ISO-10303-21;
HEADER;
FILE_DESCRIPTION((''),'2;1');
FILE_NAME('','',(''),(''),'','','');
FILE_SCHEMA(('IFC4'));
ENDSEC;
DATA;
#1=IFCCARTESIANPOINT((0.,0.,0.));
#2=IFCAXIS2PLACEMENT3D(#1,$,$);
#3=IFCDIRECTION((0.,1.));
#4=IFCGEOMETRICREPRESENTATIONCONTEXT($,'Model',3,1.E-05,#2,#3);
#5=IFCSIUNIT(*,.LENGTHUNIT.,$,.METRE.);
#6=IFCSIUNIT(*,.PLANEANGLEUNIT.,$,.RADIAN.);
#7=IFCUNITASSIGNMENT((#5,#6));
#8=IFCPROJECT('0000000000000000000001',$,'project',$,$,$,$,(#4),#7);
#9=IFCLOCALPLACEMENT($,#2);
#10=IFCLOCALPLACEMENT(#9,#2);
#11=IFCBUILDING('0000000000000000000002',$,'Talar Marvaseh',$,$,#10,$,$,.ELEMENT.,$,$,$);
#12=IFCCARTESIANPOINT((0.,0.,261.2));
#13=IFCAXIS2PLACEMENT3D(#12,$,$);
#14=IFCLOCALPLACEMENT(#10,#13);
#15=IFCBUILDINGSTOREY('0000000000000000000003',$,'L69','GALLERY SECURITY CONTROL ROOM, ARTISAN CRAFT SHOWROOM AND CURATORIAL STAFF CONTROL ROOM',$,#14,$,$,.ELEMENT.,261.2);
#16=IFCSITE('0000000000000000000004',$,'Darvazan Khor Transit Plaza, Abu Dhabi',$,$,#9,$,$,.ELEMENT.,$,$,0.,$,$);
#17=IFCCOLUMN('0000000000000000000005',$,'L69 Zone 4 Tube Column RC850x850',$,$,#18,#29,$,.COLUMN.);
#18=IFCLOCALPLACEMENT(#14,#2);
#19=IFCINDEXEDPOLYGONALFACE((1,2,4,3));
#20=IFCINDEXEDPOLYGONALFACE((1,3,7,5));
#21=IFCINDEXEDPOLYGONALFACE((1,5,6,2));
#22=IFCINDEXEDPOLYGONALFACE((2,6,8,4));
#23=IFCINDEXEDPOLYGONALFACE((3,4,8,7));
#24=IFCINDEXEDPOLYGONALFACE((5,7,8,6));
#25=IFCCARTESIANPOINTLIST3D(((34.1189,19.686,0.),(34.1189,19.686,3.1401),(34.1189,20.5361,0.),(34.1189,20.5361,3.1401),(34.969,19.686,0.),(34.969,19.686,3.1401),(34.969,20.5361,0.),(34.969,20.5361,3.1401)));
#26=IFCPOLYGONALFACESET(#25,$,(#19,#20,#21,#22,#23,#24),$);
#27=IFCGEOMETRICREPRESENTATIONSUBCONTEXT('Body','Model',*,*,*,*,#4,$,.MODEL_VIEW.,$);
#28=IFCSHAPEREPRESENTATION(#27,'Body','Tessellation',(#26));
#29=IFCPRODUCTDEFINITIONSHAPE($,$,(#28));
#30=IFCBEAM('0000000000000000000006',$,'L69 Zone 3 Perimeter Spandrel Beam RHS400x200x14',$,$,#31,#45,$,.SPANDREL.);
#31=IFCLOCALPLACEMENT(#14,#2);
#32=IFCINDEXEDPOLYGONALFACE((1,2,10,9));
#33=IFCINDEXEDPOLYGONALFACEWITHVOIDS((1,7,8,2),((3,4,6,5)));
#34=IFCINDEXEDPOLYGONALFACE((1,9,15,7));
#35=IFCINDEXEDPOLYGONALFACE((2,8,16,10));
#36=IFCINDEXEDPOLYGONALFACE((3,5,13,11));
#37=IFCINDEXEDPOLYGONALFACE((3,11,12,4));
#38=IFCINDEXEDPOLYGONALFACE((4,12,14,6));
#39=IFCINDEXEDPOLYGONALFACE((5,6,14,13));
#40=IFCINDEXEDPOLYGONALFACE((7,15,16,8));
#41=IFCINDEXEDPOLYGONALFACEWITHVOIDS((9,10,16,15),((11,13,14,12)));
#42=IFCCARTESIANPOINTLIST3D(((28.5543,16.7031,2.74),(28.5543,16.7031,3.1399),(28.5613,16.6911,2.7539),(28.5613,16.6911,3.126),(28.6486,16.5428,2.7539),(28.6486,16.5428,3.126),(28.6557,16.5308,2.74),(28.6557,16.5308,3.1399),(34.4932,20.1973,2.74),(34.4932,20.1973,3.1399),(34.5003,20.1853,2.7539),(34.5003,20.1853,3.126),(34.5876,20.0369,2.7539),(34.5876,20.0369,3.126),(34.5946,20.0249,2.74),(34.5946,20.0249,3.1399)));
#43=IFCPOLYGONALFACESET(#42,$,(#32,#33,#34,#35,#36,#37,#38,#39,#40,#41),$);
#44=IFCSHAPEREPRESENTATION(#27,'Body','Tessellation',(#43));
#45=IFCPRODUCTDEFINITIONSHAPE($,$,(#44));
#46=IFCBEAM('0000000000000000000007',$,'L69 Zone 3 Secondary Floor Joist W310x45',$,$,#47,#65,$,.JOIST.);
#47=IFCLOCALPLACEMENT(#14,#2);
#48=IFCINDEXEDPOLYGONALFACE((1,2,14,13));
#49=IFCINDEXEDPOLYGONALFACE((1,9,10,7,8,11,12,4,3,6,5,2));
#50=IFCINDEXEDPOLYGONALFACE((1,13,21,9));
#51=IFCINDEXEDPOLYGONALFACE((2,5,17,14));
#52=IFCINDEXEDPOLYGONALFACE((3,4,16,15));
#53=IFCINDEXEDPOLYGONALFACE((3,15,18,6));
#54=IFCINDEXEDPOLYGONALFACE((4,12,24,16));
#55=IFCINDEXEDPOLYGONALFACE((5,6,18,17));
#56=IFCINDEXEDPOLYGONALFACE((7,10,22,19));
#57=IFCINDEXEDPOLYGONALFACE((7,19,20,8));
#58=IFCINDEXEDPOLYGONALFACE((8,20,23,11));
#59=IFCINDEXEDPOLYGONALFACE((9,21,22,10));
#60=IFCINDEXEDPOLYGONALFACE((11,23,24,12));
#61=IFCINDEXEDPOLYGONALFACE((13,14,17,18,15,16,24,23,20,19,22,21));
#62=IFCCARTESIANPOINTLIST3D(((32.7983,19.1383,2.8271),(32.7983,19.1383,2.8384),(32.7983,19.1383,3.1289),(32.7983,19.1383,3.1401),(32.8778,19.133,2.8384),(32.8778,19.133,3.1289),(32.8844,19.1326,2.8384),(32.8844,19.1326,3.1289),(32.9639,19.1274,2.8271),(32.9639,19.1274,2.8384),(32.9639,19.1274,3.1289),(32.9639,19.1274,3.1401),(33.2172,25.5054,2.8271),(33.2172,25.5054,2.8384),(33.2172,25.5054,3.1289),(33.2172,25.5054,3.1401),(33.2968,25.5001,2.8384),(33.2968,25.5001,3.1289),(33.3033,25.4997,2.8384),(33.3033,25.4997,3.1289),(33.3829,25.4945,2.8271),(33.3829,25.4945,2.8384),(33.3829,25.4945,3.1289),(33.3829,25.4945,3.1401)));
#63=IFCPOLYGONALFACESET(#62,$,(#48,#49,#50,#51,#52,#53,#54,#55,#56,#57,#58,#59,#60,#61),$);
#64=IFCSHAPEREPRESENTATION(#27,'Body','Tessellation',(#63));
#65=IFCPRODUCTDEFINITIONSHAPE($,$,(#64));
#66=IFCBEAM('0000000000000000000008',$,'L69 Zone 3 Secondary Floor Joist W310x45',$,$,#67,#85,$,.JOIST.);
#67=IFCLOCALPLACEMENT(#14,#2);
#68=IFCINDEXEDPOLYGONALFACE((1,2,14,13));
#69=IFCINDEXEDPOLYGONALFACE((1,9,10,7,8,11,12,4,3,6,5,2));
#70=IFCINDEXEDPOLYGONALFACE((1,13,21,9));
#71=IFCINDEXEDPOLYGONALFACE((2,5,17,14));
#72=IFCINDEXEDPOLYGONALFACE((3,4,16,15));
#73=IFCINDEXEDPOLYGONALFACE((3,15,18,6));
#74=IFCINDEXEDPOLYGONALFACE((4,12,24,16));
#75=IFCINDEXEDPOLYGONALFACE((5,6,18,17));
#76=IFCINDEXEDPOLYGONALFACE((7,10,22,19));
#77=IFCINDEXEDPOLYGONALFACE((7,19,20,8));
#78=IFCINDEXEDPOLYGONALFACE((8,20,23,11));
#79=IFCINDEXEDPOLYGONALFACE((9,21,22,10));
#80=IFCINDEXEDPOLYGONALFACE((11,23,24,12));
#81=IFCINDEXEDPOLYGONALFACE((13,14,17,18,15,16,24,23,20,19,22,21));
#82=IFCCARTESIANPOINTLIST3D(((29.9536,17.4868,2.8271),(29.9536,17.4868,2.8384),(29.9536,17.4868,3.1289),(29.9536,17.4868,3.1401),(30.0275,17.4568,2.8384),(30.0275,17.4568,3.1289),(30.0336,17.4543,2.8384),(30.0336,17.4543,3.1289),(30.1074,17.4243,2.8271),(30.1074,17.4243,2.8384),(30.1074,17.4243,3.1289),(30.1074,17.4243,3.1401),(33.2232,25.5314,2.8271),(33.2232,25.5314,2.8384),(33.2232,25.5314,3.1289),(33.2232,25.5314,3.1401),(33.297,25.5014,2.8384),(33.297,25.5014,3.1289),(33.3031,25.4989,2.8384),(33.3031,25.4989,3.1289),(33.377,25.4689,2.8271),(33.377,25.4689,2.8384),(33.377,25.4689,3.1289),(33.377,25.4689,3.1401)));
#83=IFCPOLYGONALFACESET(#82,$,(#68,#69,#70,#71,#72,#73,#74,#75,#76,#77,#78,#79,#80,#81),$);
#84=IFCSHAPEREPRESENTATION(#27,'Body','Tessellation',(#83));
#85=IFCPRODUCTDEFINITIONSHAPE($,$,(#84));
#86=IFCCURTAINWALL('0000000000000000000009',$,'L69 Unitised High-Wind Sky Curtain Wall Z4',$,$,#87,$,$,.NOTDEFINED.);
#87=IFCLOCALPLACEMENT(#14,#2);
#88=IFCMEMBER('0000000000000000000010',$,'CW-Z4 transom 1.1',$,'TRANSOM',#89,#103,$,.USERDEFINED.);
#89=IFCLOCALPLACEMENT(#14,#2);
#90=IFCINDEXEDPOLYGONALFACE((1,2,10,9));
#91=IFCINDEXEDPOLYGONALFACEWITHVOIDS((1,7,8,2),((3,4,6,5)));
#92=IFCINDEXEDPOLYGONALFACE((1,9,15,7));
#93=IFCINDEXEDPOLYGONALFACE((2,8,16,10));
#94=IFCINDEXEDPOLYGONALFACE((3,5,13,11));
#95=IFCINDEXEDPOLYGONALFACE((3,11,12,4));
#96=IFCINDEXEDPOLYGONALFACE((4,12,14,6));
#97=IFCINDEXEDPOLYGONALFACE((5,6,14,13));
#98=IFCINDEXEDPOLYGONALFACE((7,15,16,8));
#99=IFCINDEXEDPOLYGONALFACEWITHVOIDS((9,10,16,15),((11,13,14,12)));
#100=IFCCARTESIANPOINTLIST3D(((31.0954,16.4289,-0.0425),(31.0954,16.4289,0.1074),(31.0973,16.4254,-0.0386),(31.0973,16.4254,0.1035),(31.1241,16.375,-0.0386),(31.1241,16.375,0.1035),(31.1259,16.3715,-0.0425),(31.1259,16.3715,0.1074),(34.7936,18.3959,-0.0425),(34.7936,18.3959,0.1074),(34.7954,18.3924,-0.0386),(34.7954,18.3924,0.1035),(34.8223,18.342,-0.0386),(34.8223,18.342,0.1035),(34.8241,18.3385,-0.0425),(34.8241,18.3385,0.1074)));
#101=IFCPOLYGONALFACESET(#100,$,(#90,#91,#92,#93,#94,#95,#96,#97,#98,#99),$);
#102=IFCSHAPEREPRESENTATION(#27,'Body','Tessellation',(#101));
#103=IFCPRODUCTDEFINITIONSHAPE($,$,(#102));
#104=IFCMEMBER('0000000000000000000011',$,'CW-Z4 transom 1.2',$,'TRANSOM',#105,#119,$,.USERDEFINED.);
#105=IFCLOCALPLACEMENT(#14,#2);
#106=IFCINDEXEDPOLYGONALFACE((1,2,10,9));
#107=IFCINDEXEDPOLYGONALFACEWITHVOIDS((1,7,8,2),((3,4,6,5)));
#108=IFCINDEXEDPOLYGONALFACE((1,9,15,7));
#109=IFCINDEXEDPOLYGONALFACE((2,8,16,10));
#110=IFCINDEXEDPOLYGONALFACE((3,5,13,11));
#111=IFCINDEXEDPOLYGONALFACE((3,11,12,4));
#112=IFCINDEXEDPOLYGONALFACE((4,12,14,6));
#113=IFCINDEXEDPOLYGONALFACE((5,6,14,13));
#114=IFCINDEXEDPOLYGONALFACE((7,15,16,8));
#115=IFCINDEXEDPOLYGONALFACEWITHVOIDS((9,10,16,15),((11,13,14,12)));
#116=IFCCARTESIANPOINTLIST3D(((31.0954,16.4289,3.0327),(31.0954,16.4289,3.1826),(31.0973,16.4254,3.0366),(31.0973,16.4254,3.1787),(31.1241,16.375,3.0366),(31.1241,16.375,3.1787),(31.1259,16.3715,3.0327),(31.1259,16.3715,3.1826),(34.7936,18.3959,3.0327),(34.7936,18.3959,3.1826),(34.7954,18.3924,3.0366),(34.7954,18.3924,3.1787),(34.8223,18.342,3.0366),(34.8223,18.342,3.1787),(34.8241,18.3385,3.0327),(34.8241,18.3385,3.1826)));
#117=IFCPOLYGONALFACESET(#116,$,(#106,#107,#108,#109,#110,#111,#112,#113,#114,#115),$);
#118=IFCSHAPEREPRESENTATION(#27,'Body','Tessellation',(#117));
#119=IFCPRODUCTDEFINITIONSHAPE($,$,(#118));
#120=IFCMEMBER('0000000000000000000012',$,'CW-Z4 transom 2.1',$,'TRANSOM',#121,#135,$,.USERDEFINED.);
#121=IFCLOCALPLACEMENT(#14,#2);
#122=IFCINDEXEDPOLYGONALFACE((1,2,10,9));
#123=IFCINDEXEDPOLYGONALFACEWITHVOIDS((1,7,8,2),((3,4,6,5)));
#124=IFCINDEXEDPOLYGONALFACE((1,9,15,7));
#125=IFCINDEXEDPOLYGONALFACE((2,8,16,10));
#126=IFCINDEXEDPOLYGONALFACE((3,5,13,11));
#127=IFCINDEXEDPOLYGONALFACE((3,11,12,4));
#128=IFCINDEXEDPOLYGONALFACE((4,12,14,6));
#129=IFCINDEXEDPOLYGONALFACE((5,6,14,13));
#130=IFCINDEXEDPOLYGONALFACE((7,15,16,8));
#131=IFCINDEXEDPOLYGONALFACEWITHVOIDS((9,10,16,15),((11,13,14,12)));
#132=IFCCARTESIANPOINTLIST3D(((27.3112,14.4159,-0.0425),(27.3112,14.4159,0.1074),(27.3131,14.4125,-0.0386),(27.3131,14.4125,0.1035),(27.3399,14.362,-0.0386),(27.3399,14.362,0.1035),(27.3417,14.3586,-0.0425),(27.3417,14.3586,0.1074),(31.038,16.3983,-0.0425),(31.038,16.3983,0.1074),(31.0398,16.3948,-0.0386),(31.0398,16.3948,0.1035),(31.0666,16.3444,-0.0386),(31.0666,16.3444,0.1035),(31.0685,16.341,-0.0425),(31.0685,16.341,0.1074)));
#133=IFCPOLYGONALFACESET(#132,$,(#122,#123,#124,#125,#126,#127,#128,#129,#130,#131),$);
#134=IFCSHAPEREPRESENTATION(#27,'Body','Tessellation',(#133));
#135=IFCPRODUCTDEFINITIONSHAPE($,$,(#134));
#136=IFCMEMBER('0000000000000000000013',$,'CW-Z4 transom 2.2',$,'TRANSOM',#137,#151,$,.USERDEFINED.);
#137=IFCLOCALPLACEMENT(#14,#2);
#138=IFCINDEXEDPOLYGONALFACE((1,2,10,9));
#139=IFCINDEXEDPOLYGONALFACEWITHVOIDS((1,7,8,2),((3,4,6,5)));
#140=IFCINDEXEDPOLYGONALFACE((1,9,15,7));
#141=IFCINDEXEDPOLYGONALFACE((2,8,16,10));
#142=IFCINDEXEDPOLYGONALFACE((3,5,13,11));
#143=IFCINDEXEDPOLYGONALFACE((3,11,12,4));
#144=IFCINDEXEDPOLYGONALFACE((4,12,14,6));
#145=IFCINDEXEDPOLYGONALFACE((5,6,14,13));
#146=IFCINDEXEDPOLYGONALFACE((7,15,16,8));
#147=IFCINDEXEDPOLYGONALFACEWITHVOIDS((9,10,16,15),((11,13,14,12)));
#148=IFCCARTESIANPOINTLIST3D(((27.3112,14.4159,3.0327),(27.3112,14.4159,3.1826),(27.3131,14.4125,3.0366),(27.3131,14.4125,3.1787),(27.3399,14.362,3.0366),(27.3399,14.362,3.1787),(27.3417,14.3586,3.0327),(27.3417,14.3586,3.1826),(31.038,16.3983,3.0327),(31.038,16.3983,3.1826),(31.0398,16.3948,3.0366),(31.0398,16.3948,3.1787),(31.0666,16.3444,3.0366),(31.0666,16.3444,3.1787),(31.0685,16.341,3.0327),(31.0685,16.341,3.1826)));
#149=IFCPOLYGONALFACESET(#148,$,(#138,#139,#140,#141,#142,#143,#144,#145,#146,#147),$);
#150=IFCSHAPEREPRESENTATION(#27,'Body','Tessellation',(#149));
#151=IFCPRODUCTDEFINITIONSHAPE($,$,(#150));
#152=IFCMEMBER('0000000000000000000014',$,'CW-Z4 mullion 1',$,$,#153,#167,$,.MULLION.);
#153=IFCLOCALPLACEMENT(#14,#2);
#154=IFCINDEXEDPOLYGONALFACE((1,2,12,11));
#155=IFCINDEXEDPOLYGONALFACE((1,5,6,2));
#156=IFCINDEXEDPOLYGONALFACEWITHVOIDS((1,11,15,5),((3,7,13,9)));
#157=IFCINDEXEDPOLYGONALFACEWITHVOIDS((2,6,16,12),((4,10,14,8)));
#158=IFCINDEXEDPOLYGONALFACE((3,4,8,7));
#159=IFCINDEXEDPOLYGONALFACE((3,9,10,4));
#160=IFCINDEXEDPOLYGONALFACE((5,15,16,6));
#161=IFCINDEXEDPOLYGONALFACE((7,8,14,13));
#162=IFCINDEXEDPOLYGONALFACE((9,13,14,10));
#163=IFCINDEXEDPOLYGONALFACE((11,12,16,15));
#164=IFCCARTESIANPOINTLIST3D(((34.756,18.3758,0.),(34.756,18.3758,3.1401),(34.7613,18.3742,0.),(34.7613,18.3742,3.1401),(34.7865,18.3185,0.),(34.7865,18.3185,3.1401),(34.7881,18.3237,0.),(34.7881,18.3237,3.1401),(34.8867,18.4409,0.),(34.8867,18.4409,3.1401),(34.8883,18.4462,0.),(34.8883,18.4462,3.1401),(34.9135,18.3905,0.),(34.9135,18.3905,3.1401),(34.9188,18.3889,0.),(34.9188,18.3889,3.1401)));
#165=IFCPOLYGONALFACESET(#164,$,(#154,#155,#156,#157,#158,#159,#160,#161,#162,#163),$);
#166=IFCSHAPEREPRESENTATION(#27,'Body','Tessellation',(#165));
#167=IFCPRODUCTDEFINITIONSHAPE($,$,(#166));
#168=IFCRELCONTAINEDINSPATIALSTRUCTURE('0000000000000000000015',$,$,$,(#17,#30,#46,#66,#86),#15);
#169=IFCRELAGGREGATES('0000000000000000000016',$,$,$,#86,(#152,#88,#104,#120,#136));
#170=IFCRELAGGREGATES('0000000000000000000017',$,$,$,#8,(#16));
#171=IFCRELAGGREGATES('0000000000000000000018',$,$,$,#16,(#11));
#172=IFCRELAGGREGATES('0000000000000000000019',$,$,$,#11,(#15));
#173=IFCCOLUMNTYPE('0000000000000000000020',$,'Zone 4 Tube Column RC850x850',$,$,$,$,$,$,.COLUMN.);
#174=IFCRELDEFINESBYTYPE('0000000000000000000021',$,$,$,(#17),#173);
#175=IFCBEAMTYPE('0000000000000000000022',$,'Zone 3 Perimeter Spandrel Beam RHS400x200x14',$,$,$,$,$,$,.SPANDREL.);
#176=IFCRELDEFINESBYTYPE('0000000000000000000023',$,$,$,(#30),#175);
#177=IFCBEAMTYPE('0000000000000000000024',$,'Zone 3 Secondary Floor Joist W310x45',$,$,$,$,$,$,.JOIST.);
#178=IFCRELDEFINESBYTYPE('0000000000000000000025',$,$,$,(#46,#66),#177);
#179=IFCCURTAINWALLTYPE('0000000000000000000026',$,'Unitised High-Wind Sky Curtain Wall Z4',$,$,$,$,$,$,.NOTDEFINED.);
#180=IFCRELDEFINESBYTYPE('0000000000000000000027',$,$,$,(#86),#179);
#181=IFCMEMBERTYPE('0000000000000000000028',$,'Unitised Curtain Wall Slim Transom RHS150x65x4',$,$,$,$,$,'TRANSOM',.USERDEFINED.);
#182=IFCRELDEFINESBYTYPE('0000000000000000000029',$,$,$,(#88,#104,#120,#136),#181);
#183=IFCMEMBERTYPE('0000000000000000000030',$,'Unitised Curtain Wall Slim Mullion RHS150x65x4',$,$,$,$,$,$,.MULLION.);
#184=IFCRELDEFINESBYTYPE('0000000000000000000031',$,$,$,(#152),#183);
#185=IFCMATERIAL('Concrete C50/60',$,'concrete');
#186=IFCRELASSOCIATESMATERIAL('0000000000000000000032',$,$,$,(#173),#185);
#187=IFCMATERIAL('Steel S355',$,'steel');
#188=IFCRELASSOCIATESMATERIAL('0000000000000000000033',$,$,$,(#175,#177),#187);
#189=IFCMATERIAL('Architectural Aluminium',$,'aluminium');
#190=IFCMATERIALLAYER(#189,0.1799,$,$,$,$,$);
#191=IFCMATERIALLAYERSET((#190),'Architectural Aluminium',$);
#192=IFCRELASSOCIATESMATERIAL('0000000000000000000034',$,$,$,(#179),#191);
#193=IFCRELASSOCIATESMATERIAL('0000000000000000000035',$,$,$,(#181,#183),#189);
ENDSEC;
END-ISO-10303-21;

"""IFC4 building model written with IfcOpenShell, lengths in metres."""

from ifc_helpers import new_model, si_unit, direction, frame, origin, origin_2d, place, context, subcontext, project, spatial, rectangle, hollow_rectangle, i_section, extrude, source, transform, mapped, material, layer, layer_set, material_profile, profile_set, type_object, type_shapes, element, aggregate, save


model = new_model("IFC4")

# Units and contexts
model_context = context("Model", 3, precision=1e-05, world=origin(), true_north=direction((0.0, 1.0)))
body_context = subcontext(model_context, "Body", "Model", "MODEL_VIEW")
ifc_project = project(units=[si_unit("LENGTHUNIT", "METRE"), si_unit("PLANEANGLEUNIT", "RADIAN")], contexts=[model_context])

# Site, building, storey
site_placement = place(None, origin())
site = spatial("IfcSite", under=ifc_project, at=site_placement, Name="Darvazan Khor Transit Plaza, Abu Dhabi", CompositionType="ELEMENT", RefElevation=0.0)
building_placement = place(site_placement, origin())
building = spatial("IfcBuilding", under=site, at=building_placement, Name="Talar Marvaseh", CompositionType="ELEMENT")
storey_placement = place(building_placement, frame((0.0, 0.0, 261.2)))
storey = spatial("IfcBuildingStorey", under=building, at=storey_placement, Name="L69", Description="GALLERY SECURITY CONTROL ROOM, ARTISAN CRAFT SHOWROOM AND CURATORIAL STAFF CONTROL ROOM", CompositionType="ELEMENT", Elevation=261.2)

# Column
ifc_material_1 = material(Name="Concrete C50/60", Category="concrete")
ifc_material_profile_1 = material_profile(ifc_material_1, rectangle(XDim=0.8501, YDim=0.8501, at=origin_2d()), Name="RC850x850")
ifc_profile_set_1 = profile_set([ifc_material_profile_1], Name="Concrete C50/60")
column_type = type_object("IfcColumnType", Name="Zone 4 Tube Column RC850x850", PredefinedType="COLUMN", material=ifc_profile_set_1)
column_placement = place(storey_placement, frame((34.5439, 20.1111, 0.0), z_axis=(0.0, 0.0, 1.0), x_axis=(1.0, 0.0, 0.0)))
element("IfcColumn", 1, at=column_placement, inside=storey, type_object=column_type, Name="L69 Zone 4 Tube Column RC850x850", PredefinedType="COLUMN", context=body_context, shape_type="SweptSolid", body=[
    extrude(rectangle(XDim=0.8501, YDim=0.8501, at=origin_2d()), origin(), (0.0, 0.0, 1.0), 3.1401),
])

# Beams
ifc_material_2 = material(Name="Steel S355", Category="steel")
ifc_material_profile_2 = material_profile(ifc_material_2, hollow_rectangle(XDim=0.2, YDim=0.3999, WallThickness=0.0139, at=origin_2d()), Name="RHS400x200x14")
ifc_profile_set_2 = profile_set([ifc_material_profile_2], Name="Steel S355")
beam_type_1 = type_object("IfcBeamType", Name="Zone 3 Perimeter Spandrel Beam RHS400x200x14", PredefinedType="SPANDREL", material=ifc_profile_set_2)
beam_1_placement = place(storey_placement, frame((34.5439, 20.1111, 2.9399), z_axis=(-0.861894, -0.507088, 0.0), x_axis=(0.507088, -0.861894, 0.0)))
element("IfcBeam", 2, at=beam_1_placement, inside=storey, type_object=beam_type_1, Name="L69 Zone 3 Perimeter Spandrel Beam RHS400x200x14", PredefinedType="SPANDREL", context=body_context, shape_type="SweptSolid", body=[
    extrude(hollow_rectangle(XDim=0.2, YDim=0.3999, WallThickness=0.0139, at=origin_2d()), origin(), (0.0, 0.0, 1.0), 6.8906),
])
ifc_material_profile_3 = material_profile(ifc_material_2, i_section(OverallWidth=0.166, OverallDepth=0.313, WebThickness=0.0066, FlangeThickness=0.0112, at=origin_2d()), Name="W310x45")
ifc_profile_set_3 = profile_set([ifc_material_profile_3], Name="Steel S355")
beam_type_2 = type_object("IfcBeamType", Name="Zone 3 Secondary Floor Joist W310x45", PredefinedType="JOIST", material=ifc_profile_set_3)
beam_2_placement = place(storey_placement, frame((32.8811, 19.1328, 2.9836), z_axis=(0.065656, 0.997842, 0.0), x_axis=(-0.997842, 0.065656, 0.0)))
element("IfcBeam", 3, at=beam_2_placement, inside=storey, type_object=beam_type_2, Name="L69 Zone 3 Secondary Floor Joist W310x45", PredefinedType="JOIST", context=body_context, shape_type="SweptSolid", body=[
    extrude(i_section(OverallWidth=0.166, OverallDepth=0.313, WebThickness=0.0066, FlangeThickness=0.0112, at=origin_2d()), origin(), (0.0, 0.0, 1.0), 6.3809),
])
beam_3_placement = place(storey_placement, frame((30.0305, 17.4556, 2.9836), z_axis=(0.376523, 0.926407, 0.0), x_axis=(-0.926407, 0.376523, 0.0)))
element("IfcBeam", 4, at=beam_3_placement, inside=storey, type_object=beam_type_2, Name="L69 Zone 3 Secondary Floor Joist W310x45", PredefinedType="JOIST", context=body_context, shape_type="SweptSolid", body=[
    extrude(i_section(OverallWidth=0.166, OverallDepth=0.313, WebThickness=0.0066, FlangeThickness=0.0112, at=origin_2d()), origin(), (0.0, 0.0, 1.0), 8.6836),
])

# Curtain wall, members
ifc_material_3 = material(Name="Architectural Aluminium", Category="aluminium")
ifc_layer_1 = layer(ifc_material_3, 0.1799)
ifc_layer_set_1 = layer_set([ifc_layer_1], Name="Architectural Aluminium")
curtain_wall_type = type_object("IfcCurtainWallType", Name="Unitised High-Wind Sky Curtain Wall Z4", PredefinedType="NOTDEFINED", material=ifc_layer_set_1)
curtain_wall_placement = place(storey_placement, origin())
curtain_wall = element("IfcCurtainWall", 5, at=curtain_wall_placement, inside=storey, type_object=curtain_wall_type, Name="L69 Unitised High-Wind Sky Curtain Wall Z4", PredefinedType="NOTDEFINED")
ifc_material_profile_4 = material_profile(ifc_material_3, hollow_rectangle(XDim=0.0649, YDim=0.1499, WallThickness=0.0039, at=origin_2d()), Name="RHS150x65x4")
ifc_profile_set_4 = profile_set([ifc_material_profile_4], Name="Architectural Aluminium")
member_type_1 = type_object("IfcMemberType", Name="Unitised Curtain Wall Slim Transom RHS150x65x4", ElementType="TRANSOM", PredefinedType="USERDEFINED", material=ifc_profile_set_4)
shared_shape_1 = source(origin(), body_context, "Body", "SweptSolid", [
    extrude(hollow_rectangle(XDim=0.0649, YDim=0.1499, WallThickness=0.0039, at=origin_2d()), origin(), (0.0, 0.0, 1.0), 4.1887),
])
member_1_placement = place(storey_placement, frame((34.8088, 18.3672, 0.0325), z_axis=(-0.882883, -0.469593, 0.0), x_axis=(0.469593, -0.882883, 0.0)))
member_1 = element("IfcMember", 6, at=member_1_placement, type_object=member_type_1, Name="CW-Z4 transom 1.1", ObjectType="TRANSOM", PredefinedType="USERDEFINED", context=body_context, shape_type="MappedRepresentation", body=[
    mapped(shared_shape_1, transform((0.0, 0.0, 0.0), x_axis=(1.0, 0.0, 0.0), y_axis=(0.0, 1.0, 0.0), z_axis=(0.0, 0.0, 1.0), scale=1.0)),
])
member_2_placement = place(storey_placement, frame((34.8088, 18.3672, 3.1077), z_axis=(-0.882883, -0.469593, 0.0), x_axis=(0.469593, -0.882883, 0.0)))
member_2 = element("IfcMember", 7, at=member_2_placement, type_object=member_type_1, Name="CW-Z4 transom 1.2", ObjectType="TRANSOM", PredefinedType="USERDEFINED", context=body_context, shape_type="MappedRepresentation", body=[
    mapped(shared_shape_1, transform((0.0, 0.0, 0.0), x_axis=(1.0, 0.0, 0.0), y_axis=(0.0, 1.0, 0.0), z_axis=(0.0, 0.0, 1.0), scale=1.0)),
])
shared_shape_2 = source(origin(), body_context, "Body", "SweptSolid", [
    extrude(hollow_rectangle(XDim=0.0649, YDim=0.1499, WallThickness=0.0039, at=origin_2d()), origin(), (0.0, 0.0, 1.0), 4.2212),
])
type_shapes(member_type_1, [shared_shape_1, shared_shape_2])
member_3_placement = place(storey_placement, frame((31.0532, 16.3696, 0.0325), z_axis=(-0.882865, -0.469627, 0.0), x_axis=(0.469627, -0.882865, 0.0)))
member_3 = element("IfcMember", 8, at=member_3_placement, type_object=member_type_1, Name="CW-Z4 transom 2.1", ObjectType="TRANSOM", PredefinedType="USERDEFINED", context=body_context, shape_type="MappedRepresentation", body=[
    mapped(shared_shape_2, transform((0.0, 0.0, 0.0), x_axis=(1.0, 0.0, 0.0), y_axis=(0.0, 1.0, 0.0), z_axis=(0.0, 0.0, 1.0), scale=1.0)),
])
member_4_placement = place(storey_placement, frame((31.0532, 16.3696, 3.1077), z_axis=(-0.882865, -0.469627, 0.0), x_axis=(0.469627, -0.882865, 0.0)))
member_4 = element("IfcMember", 9, at=member_4_placement, type_object=member_type_1, Name="CW-Z4 transom 2.2", ObjectType="TRANSOM", PredefinedType="USERDEFINED", context=body_context, shape_type="MappedRepresentation", body=[
    mapped(shared_shape_2, transform((0.0, 0.0, 0.0), x_axis=(1.0, 0.0, 0.0), y_axis=(0.0, 1.0, 0.0), z_axis=(0.0, 0.0, 1.0), scale=1.0)),
])
ifc_material_profile_5 = material_profile(ifc_material_3, hollow_rectangle(XDim=0.0649, YDim=0.1499, WallThickness=0.0039, at=origin_2d()), Name="RHS150x65x4")
ifc_profile_set_5 = profile_set([ifc_material_profile_5], Name="Architectural Aluminium")
member_type_2 = type_object("IfcMemberType", Name="Unitised Curtain Wall Slim Mullion RHS150x65x4", PredefinedType="MULLION", material=ifc_profile_set_5)
shared_shape_3 = source(origin(), body_context, "Body", "SweptSolid", [
    extrude(hollow_rectangle(XDim=0.0649, YDim=0.1499, WallThickness=0.0039, at=origin_2d()), origin(), (0.0, 0.0, 1.0), 3.1401),
])
type_shapes(member_type_2, [shared_shape_3])
member_5_placement = place(storey_placement, frame((34.8374, 18.3823, 0.0), z_axis=(0.0, 0.0, 1.0), x_axis=(0.469604, -0.882877, 0.0)))
member_5 = element("IfcMember", 10, at=member_5_placement, type_object=member_type_2, Name="CW-Z4 mullion 1", PredefinedType="MULLION", context=body_context, shape_type="MappedRepresentation", body=[
    mapped(shared_shape_3, transform((0.0, 0.0, 0.0), x_axis=(1.0, 0.0, 0.0), y_axis=(0.0, 1.0, 0.0), z_axis=(0.0, 0.0, 1.0), scale=1.0)),
])
aggregate(curtain_wall, [member_5, member_1, member_2, member_3, member_4])

save(model, "model.ifc")
